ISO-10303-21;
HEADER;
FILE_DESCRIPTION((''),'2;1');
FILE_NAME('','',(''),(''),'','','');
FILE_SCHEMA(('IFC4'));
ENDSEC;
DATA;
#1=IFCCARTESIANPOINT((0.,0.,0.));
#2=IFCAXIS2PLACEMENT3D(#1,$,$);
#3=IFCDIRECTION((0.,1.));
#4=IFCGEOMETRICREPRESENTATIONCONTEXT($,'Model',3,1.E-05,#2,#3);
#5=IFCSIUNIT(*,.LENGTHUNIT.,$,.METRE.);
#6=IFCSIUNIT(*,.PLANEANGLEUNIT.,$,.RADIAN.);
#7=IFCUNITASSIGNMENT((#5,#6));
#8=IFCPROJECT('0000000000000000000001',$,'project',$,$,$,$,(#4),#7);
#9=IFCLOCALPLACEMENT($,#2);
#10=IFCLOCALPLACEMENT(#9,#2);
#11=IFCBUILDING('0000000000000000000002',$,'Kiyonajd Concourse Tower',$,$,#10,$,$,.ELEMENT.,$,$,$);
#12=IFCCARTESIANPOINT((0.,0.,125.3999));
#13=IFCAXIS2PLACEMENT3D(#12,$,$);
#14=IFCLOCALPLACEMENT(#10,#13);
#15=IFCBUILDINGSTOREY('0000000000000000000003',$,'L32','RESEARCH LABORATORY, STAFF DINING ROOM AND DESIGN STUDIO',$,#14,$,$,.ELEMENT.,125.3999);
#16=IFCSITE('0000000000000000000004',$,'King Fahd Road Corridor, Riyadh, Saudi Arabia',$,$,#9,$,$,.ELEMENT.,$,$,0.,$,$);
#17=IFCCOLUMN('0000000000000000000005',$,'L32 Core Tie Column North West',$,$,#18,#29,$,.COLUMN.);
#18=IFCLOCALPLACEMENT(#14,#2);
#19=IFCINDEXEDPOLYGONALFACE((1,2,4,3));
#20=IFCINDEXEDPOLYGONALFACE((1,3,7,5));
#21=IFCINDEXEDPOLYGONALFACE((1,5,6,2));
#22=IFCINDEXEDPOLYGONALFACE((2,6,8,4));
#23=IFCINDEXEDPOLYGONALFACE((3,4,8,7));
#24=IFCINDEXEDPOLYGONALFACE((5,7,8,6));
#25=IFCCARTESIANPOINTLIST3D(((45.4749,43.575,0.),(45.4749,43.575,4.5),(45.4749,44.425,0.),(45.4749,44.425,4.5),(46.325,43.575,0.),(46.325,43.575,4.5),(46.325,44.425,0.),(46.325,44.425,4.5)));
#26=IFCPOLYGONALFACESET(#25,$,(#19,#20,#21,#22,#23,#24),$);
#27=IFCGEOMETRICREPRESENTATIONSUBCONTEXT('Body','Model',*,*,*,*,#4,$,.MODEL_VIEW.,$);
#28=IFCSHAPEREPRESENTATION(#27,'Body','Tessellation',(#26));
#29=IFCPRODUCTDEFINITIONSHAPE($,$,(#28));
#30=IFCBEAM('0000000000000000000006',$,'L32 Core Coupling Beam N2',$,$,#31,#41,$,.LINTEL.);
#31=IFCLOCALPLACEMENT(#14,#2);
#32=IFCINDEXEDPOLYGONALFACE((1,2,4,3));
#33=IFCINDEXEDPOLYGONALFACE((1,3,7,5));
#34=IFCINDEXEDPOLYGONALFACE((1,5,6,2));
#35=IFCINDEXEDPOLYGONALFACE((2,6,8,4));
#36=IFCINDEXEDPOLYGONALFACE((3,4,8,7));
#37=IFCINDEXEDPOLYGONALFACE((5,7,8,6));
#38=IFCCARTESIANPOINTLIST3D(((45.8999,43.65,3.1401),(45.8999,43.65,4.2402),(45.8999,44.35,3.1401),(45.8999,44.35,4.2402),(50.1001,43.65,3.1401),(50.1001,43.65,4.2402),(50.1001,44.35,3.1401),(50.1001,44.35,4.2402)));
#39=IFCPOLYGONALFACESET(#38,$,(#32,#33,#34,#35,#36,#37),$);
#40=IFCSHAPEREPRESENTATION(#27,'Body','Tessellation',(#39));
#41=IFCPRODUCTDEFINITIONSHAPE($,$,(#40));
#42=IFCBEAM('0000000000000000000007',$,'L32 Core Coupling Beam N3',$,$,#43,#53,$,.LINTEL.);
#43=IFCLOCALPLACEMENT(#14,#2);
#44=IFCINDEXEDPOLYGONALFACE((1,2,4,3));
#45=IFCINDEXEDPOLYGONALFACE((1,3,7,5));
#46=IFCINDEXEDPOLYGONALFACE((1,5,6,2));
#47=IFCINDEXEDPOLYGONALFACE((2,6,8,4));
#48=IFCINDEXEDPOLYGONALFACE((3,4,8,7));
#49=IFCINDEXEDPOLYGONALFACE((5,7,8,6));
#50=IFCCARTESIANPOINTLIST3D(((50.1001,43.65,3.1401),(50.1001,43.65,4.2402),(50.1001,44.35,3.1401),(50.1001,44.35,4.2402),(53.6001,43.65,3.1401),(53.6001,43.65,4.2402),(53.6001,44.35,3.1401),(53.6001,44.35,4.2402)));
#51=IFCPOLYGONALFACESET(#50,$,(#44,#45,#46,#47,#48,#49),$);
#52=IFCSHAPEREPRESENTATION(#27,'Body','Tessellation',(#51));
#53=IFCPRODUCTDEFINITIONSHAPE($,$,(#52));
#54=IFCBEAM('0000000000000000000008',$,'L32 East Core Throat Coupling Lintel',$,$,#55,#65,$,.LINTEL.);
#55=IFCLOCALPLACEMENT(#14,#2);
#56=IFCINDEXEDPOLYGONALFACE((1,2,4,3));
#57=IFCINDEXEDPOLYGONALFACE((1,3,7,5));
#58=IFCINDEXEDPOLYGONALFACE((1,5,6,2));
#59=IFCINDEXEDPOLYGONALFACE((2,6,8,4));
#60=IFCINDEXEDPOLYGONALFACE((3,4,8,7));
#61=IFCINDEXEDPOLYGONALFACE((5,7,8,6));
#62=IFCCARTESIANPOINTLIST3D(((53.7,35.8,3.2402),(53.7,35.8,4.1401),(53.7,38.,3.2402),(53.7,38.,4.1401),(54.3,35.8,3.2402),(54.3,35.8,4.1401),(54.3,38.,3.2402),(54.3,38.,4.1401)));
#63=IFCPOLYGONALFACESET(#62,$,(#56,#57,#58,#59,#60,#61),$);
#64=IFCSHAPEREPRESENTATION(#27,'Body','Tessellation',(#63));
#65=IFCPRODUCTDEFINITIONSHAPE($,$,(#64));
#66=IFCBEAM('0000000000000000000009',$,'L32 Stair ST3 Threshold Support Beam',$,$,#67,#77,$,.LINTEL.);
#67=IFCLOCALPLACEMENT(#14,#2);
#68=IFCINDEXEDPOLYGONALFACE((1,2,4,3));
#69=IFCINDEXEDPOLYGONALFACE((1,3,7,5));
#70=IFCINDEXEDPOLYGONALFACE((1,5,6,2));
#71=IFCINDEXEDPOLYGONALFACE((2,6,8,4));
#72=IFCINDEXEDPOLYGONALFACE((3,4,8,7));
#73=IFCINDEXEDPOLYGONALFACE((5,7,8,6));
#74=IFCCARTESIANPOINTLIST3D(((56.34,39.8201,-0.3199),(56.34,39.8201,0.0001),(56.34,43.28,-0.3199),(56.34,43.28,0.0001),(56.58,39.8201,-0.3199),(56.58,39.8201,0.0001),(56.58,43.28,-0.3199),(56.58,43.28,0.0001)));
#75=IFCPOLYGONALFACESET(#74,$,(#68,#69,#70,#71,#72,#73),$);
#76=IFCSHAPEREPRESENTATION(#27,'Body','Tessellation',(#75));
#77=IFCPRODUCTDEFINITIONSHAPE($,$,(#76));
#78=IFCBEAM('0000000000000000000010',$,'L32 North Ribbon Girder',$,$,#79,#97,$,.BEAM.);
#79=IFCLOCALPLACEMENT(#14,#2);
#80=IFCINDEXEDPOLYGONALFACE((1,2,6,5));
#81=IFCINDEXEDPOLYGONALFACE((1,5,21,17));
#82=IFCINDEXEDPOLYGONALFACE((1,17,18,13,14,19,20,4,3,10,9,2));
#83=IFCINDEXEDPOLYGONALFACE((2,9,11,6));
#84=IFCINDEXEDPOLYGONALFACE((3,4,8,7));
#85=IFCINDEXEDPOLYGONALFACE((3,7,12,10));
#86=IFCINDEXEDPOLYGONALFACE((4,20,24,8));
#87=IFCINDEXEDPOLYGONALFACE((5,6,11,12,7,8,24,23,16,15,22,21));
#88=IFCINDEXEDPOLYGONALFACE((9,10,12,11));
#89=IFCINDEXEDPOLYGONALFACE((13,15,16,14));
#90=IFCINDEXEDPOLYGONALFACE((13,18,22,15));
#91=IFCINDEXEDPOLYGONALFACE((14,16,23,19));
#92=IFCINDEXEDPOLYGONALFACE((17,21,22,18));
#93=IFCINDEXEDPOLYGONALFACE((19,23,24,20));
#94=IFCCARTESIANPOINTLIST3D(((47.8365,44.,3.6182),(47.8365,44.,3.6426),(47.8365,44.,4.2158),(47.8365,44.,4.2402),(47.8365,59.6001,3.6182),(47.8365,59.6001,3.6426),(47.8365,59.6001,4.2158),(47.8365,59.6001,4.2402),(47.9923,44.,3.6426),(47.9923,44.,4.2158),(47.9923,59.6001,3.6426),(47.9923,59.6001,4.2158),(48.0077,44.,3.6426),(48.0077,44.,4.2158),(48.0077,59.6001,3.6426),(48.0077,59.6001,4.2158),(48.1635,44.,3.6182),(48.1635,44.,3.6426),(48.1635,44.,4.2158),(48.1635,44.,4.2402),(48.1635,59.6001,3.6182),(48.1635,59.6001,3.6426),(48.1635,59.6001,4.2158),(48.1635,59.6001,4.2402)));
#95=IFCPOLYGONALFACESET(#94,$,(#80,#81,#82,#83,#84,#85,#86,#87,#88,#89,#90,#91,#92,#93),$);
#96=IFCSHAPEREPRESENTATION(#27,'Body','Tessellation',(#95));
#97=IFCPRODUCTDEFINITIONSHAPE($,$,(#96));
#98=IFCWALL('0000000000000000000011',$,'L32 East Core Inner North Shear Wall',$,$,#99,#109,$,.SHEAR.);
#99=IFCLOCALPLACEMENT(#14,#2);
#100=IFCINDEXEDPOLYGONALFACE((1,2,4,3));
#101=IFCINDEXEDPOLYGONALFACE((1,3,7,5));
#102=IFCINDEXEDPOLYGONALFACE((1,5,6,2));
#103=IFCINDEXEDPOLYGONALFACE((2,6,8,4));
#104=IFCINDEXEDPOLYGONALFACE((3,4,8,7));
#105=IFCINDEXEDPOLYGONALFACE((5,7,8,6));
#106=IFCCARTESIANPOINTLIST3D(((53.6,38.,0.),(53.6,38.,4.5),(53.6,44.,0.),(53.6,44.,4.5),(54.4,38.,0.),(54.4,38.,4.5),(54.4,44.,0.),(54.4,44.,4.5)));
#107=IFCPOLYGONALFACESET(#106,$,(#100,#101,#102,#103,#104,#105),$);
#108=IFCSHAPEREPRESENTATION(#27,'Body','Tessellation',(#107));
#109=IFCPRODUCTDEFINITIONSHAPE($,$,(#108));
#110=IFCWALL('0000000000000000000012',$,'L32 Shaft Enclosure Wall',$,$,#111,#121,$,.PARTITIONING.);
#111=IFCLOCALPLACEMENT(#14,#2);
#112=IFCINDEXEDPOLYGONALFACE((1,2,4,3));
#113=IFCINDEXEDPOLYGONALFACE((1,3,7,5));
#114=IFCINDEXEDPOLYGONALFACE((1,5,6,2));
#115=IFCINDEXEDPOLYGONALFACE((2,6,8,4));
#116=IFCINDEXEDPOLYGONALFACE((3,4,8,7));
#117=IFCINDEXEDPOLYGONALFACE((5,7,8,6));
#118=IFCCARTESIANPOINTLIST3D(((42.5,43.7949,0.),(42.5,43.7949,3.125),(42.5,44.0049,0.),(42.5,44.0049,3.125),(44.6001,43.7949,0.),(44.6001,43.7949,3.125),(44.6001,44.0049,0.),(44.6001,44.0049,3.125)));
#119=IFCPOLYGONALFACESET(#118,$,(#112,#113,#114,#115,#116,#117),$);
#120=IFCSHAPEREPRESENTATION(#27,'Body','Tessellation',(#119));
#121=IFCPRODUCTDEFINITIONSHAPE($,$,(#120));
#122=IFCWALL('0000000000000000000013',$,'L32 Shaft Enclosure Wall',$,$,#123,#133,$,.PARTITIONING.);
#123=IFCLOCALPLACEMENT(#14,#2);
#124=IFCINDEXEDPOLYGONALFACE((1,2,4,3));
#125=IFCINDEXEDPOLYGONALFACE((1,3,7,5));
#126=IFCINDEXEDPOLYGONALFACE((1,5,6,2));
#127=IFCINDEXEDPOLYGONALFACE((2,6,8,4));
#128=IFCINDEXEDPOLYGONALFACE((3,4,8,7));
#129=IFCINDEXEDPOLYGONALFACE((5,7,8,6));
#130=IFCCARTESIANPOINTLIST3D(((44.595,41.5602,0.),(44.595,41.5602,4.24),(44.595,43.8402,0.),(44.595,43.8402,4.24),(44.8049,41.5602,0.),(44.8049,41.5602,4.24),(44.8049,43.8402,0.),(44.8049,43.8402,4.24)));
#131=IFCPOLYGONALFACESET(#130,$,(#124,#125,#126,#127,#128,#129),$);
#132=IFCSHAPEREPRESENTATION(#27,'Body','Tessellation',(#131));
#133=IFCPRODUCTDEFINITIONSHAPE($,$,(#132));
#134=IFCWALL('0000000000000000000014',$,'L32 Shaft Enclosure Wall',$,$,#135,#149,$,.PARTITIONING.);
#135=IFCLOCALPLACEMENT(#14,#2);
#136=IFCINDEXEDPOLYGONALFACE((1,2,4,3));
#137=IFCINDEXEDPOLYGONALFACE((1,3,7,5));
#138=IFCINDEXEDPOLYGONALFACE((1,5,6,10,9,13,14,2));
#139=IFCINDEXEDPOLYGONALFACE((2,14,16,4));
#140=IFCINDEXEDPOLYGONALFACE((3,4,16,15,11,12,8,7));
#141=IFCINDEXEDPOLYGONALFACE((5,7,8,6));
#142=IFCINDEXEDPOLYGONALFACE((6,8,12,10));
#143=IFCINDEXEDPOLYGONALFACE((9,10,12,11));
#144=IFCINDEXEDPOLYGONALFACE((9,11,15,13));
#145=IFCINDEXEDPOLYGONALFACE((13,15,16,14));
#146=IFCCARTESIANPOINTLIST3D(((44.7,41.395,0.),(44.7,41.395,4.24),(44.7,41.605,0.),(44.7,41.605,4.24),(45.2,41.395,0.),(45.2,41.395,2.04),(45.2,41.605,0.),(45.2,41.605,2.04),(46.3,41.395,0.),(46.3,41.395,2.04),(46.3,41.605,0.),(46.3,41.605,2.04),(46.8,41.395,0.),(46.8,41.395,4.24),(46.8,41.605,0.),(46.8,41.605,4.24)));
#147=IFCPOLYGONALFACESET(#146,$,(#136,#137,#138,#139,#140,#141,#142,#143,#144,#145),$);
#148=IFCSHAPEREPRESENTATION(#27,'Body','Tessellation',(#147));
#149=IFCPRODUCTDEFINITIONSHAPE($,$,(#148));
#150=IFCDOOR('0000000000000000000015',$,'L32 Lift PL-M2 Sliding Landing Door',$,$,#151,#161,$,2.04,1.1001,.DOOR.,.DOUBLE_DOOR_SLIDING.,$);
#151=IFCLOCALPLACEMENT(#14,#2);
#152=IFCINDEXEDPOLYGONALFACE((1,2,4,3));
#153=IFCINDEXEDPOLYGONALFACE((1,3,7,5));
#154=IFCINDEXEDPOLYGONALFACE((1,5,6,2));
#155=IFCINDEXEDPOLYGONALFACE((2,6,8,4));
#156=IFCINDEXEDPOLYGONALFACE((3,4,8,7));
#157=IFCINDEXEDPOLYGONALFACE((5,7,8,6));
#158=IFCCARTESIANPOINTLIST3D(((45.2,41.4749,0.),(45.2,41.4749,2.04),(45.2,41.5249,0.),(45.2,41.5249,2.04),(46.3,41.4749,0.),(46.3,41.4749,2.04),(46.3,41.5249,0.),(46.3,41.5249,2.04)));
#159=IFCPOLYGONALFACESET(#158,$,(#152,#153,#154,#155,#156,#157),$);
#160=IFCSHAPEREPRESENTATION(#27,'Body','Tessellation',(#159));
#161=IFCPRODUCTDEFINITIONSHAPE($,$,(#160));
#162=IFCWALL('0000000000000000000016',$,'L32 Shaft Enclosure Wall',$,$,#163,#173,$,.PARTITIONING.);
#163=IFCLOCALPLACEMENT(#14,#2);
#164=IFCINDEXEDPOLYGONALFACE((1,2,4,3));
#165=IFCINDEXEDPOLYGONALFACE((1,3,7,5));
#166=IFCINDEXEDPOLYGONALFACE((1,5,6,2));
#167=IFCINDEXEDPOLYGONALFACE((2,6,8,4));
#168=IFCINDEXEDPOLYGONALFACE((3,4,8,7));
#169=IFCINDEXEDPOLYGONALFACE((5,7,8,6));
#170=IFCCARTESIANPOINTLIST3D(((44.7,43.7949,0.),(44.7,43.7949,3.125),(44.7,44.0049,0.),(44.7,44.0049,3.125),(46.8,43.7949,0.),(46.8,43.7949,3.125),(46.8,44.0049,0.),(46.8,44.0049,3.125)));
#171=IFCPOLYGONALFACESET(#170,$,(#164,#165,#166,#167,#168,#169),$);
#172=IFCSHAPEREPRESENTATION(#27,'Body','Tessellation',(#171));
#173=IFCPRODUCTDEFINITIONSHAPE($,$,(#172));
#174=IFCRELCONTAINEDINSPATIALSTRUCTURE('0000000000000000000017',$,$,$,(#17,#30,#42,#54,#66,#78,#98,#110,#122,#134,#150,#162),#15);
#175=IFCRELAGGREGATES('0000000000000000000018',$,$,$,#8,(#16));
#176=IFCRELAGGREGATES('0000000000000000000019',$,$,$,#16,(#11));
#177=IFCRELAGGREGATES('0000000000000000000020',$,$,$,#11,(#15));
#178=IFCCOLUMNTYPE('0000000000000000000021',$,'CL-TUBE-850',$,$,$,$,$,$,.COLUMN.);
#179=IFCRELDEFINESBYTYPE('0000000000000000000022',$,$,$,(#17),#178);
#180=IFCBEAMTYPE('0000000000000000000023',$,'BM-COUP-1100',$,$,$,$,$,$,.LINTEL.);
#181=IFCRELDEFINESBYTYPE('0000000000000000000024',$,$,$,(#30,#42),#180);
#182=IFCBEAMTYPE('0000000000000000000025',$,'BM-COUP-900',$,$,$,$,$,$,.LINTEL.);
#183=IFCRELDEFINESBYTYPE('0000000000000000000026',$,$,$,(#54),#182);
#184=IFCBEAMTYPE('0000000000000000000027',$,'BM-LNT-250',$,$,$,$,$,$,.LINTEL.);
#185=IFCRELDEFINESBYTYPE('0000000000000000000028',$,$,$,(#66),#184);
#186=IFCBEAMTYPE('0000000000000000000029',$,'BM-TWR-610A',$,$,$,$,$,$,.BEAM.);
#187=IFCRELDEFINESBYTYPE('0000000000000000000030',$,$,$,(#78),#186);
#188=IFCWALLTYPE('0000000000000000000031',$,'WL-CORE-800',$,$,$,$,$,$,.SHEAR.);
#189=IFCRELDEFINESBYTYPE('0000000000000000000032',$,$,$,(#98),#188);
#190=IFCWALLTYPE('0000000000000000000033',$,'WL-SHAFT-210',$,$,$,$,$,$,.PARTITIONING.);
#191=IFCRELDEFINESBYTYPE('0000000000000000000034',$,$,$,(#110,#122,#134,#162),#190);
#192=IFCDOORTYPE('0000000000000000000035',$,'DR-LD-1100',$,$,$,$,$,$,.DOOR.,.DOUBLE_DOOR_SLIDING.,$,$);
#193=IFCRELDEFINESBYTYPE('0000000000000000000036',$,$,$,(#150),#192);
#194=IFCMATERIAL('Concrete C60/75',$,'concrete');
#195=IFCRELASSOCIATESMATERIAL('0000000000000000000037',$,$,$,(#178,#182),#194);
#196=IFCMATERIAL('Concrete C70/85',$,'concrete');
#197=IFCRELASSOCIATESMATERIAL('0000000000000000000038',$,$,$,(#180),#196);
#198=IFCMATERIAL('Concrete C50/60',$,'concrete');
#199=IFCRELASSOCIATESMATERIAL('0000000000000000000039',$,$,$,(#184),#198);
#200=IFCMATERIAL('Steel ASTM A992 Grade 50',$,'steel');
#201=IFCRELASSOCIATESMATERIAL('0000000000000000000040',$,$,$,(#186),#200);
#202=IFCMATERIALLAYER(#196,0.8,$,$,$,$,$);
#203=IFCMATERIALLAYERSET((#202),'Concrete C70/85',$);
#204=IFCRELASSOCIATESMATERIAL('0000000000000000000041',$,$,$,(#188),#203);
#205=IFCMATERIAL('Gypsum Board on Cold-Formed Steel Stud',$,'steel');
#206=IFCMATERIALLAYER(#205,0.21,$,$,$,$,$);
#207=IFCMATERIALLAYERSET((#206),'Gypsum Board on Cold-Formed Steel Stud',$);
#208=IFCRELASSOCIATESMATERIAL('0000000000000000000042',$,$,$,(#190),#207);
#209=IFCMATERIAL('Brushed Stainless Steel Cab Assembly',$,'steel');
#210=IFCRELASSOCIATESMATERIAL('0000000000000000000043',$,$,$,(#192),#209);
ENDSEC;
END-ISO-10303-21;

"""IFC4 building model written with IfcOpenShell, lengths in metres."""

from ifc_helpers import new_model, si_unit, direction, frame, frame_2d, origin, origin_2d, place, context, subcontext, project, spatial, rectangle, i_section, extrude, material, layer, layer_set, material_profile, profile_set, type_object, element, fill, save


model = new_model("IFC4")

# Units and contexts
model_context = context("Model", 3, precision=1e-05, world=origin(), true_north=direction((0.0, 1.0)))
body_context = subcontext(model_context, "Body", "Model", "MODEL_VIEW")
ifc_project = project(units=[si_unit("LENGTHUNIT", "METRE"), si_unit("PLANEANGLEUNIT", "RADIAN")], contexts=[model_context])

# Site, building, storey
site_placement = place(None, origin())
site = spatial("IfcSite", under=ifc_project, at=site_placement, Name="King Fahd Road Corridor, Riyadh, Saudi Arabia", CompositionType="ELEMENT", RefElevation=0.0)
building_placement = place(site_placement, origin())
building = spatial("IfcBuilding", under=site, at=building_placement, Name="Kiyonajd Concourse Tower", CompositionType="ELEMENT")
storey_placement = place(building_placement, frame((0.0, 0.0, 125.3999)))
storey = spatial("IfcBuildingStorey", under=building, at=storey_placement, Name="L32", Description="RESEARCH LABORATORY, STAFF DINING ROOM AND DESIGN STUDIO", CompositionType="ELEMENT", Elevation=125.3999)

# Column
ifc_material_1 = material(Name="Concrete C60/75", Category="concrete")
ifc_material_profile_1 = material_profile(ifc_material_1, rectangle(XDim=0.8501, YDim=0.8501, at=origin_2d()), Name="RC-850x850")
ifc_profile_set_1 = profile_set([ifc_material_profile_1], Name="Concrete C60/75")
column_type = type_object("IfcColumnType", Name="CL-TUBE-850", PredefinedType="COLUMN", material=ifc_profile_set_1)
column_placement = place(storey_placement, frame((45.8999, 44.0, 0.0), z_axis=(0.0, 0.0, 1.0), x_axis=(1.0, 0.0, 0.0)))
element("IfcColumn", 1, at=column_placement, inside=storey, type_object=column_type, Name="L32 Core Tie Column North West", PredefinedType="COLUMN", context=body_context, shape_type="SweptSolid", body=[
    extrude(rectangle(XDim=0.8501, YDim=0.8501, at=origin_2d()), origin(), (0.0, 0.0, 1.0), 4.5),
])

# Beams
ifc_material_2 = material(Name="Concrete C70/85", Category="concrete")
ifc_material_profile_2 = material_profile(ifc_material_2, rectangle(XDim=0.7, YDim=1.1001, at=origin_2d()), Name="RCBM-700x1100")
ifc_profile_set_2 = profile_set([ifc_material_profile_2], Name="Concrete C70/85")
beam_type_1 = type_object("IfcBeamType", Name="BM-COUP-1100", PredefinedType="LINTEL", material=ifc_profile_set_2)
beam_1_placement = place(storey_placement, frame((45.8999, 44.0, 3.6902), z_axis=(1.0, 0.0, 0.0), x_axis=(0.0, 1.0, 0.0)))
element("IfcBeam", 2, at=beam_1_placement, inside=storey, type_object=beam_type_1, Name="L32 Core Coupling Beam N2", PredefinedType="LINTEL", context=body_context, shape_type="SweptSolid", body=[
    extrude(rectangle(XDim=0.7, YDim=1.1001, at=origin_2d()), origin(), (0.0, 0.0, 1.0), 4.2002),
])
beam_2_placement = place(storey_placement, frame((50.1001, 44.0, 3.6902), z_axis=(1.0, 0.0, 0.0), x_axis=(0.0, 1.0, 0.0)))
element("IfcBeam", 3, at=beam_2_placement, inside=storey, type_object=beam_type_1, Name="L32 Core Coupling Beam N3", PredefinedType="LINTEL", context=body_context, shape_type="SweptSolid", body=[
    extrude(rectangle(XDim=0.7, YDim=1.1001, at=origin_2d()), origin(), (0.0, 0.0, 1.0), 3.5),
])
ifc_material_profile_3 = material_profile(ifc_material_1, rectangle(XDim=0.6001, YDim=0.8999, at=origin_2d()), Name="RCBM-600x900")
ifc_profile_set_3 = profile_set([ifc_material_profile_3], Name="Concrete C60/75")
beam_type_2 = type_object("IfcBeamType", Name="BM-COUP-900", PredefinedType="LINTEL", material=ifc_profile_set_3)
beam_3_placement = place(storey_placement, frame((54.0, 35.8, 3.6902), z_axis=(0.0, 1.0, 0.0), x_axis=(-1.0, 0.0, 0.0)))
element("IfcBeam", 4, at=beam_3_placement, inside=storey, type_object=beam_type_2, Name="L32 East Core Throat Coupling Lintel", PredefinedType="LINTEL", context=body_context, shape_type="SweptSolid", body=[
    extrude(rectangle(XDim=0.6001, YDim=0.8999, at=origin_2d()), origin(), (0.0, 0.0, 1.0), 2.2),
])
ifc_material_3 = material(Name="Concrete C50/60", Category="concrete")
ifc_material_profile_4 = material_profile(ifc_material_3, rectangle(XDim=0.24, YDim=0.3201, at=origin_2d()), Name="RCBM-240x320")
ifc_profile_set_4 = profile_set([ifc_material_profile_4], Name="Concrete C50/60")
beam_type_3 = type_object("IfcBeamType", Name="BM-LNT-250", PredefinedType="LINTEL", material=ifc_profile_set_4)
beam_4_placement = place(storey_placement, frame((56.46, 39.8201, -0.1599), z_axis=(0.0, 1.0, 0.0), x_axis=(-1.0, 0.0, 0.0)))
element("IfcBeam", 5, at=beam_4_placement, inside=storey, type_object=beam_type_3, Name="L32 Stair ST3 Threshold Support Beam", PredefinedType="LINTEL", context=body_context, shape_type="SweptSolid", body=[
    extrude(rectangle(XDim=0.24, YDim=0.3201, at=origin_2d()), origin(), (0.0, 0.0, 1.0), 3.46),
])
ifc_material_4 = material(Name="Steel ASTM A992 Grade 50", Category="steel")
ifc_material_profile_5 = material_profile(ifc_material_4, i_section(OverallWidth=0.3269, OverallDepth=0.6221, WebThickness=0.0154, FlangeThickness=0.0244, at=origin_2d()), Name="W610X195")
ifc_profile_set_5 = profile_set([ifc_material_profile_5], Name="Steel ASTM A992 Grade 50")
beam_type_4 = type_object("IfcBeamType", Name="BM-TWR-610A", PredefinedType="BEAM", material=ifc_profile_set_5)
beam_5_placement = place(storey_placement, frame((48.0, 44.0, 3.9292), z_axis=(0.0, 1.0, 0.0), x_axis=(-1.0, 0.0, 0.0)))
element("IfcBeam", 6, at=beam_5_placement, inside=storey, type_object=beam_type_4, Name="L32 North Ribbon Girder", PredefinedType="BEAM", context=body_context, shape_type="SweptSolid", body=[
    extrude(i_section(OverallWidth=0.3269, OverallDepth=0.6221, WebThickness=0.0154, FlangeThickness=0.0244, at=origin_2d()), origin(), (0.0, 0.0, 1.0), 15.6001),
])

# Walls
ifc_layer_1 = layer(ifc_material_2, 0.8)
ifc_layer_set_1 = layer_set([ifc_layer_1], Name="Concrete C70/85")
wall_type_1 = type_object("IfcWallType", Name="WL-CORE-800", PredefinedType="SHEAR", material=ifc_layer_set_1)
wall_1_placement = place(storey_placement, frame((54.0, 38.0, 0.0), z_axis=(0.0, 0.0, 1.0), x_axis=(0.0, 1.0, 0.0)))
element("IfcWall", 7, at=wall_1_placement, inside=storey, type_object=wall_type_1, Name="L32 East Core Inner North Shear Wall", PredefinedType="SHEAR", context=body_context, shape_type="SweptSolid", body=[
    extrude(rectangle(XDim=6.0, YDim=0.8, at=frame_2d((3.0, 0.0))), origin(), (0.0, 0.0, 1.0), 4.5),
])
ifc_material_5 = material(Name="Gypsum Board on Cold-Formed Steel Stud", Category="steel")
ifc_layer_2 = layer(ifc_material_5, 0.21)
ifc_layer_set_2 = layer_set([ifc_layer_2], Name="Gypsum Board on Cold-Formed Steel Stud")
wall_type_2 = type_object("IfcWallType", Name="WL-SHAFT-210", PredefinedType="PARTITIONING", material=ifc_layer_set_2)
wall_2_placement = place(storey_placement, frame((42.5, 43.8999, 0.0), z_axis=(0.0, 0.0, 1.0), x_axis=(1.0, 0.0, 0.0)))
element("IfcWall", 8, at=wall_2_placement, inside=storey, type_object=wall_type_2, Name="L32 Shaft Enclosure Wall", PredefinedType="PARTITIONING", context=body_context, shape_type="SweptSolid", body=[
    extrude(rectangle(XDim=2.1001, YDim=0.21, at=frame_2d((1.05, 0.0))), origin(), (0.0, 0.0, 1.0), 3.125),
])
wall_3_placement = place(storey_placement, frame((44.7, 41.5601, 0.0), z_axis=(0.0, 0.0, 1.0), x_axis=(0.0, 1.0, 0.0)))
element("IfcWall", 9, at=wall_3_placement, inside=storey, type_object=wall_type_2, Name="L32 Shaft Enclosure Wall", PredefinedType="PARTITIONING", context=body_context, shape_type="SweptSolid", body=[
    extrude(rectangle(XDim=2.28, YDim=0.21, at=frame_2d((1.1401, 0.0))), origin(), (0.0, 0.0, 1.0), 4.24),
])

# Wall, opening, door
wall_4_placement = place(storey_placement, frame((44.7, 41.5, 0.0), z_axis=(0.0, 0.0, 1.0), x_axis=(1.0, 0.0, 0.0)))
wall_4 = element("IfcWall", 10, at=wall_4_placement, inside=storey, type_object=wall_type_2, Name="L32 Shaft Enclosure Wall", PredefinedType="PARTITIONING", context=body_context, shape_type="SweptSolid", body=[
    extrude(rectangle(XDim=2.1001, YDim=0.21, at=frame_2d((1.05, 0.0))), origin(), (0.0, 0.0, 1.0), 4.24),
])
opening_1_placement = place(wall_4_placement, frame((0.5, 0.0, 0.0)))
opening_1 = element("IfcOpeningElement", 11, at=opening_1_placement, cuts=wall_4, PredefinedType="OPENING", context=body_context, shape_type="SweptSolid", body=[
    extrude(rectangle(XDim=1.1001, YDim=2.04, at=frame_2d((0.55, 1.02))), frame((0.0, 0.115, 0.0), z_axis=(0.0, -1.0, 0.0), x_axis=(1.0, 0.0, 0.0)), (0.0, 0.0, 1.0), 0.23),
])
ifc_material_6 = material(Name="Brushed Stainless Steel Cab Assembly", Category="steel")
door_type_1 = type_object("IfcDoorType", Name="DR-LD-1100", OperationType="DOUBLE_DOOR_SLIDING", PredefinedType="DOOR", material=ifc_material_6)
door_1_placement = place(opening_1_placement, origin())
door_1 = element("IfcDoor", 12, at=door_1_placement, inside=storey, type_object=door_type_1, Name="L32 Lift PL-M2 Sliding Landing Door", OperationType="DOUBLE_DOOR_SLIDING", OverallHeight=2.04, OverallWidth=1.1001, PredefinedType="DOOR", context=body_context, shape_type="SweptSolid", body=[
    extrude(rectangle(XDim=1.1001, YDim=2.04, at=frame_2d((0.55, 1.02))), frame((0.0, 0.0249, 0.0), z_axis=(0.0, -1.0, 0.0), x_axis=(1.0, 0.0, 0.0)), (0.0, 0.0, 1.0), 0.05),
])
fill(opening_1, door_1)

# Wall
wall_5_placement = place(storey_placement, frame((44.7, 43.8999, 0.0), z_axis=(0.0, 0.0, 1.0), x_axis=(1.0, 0.0, 0.0)))
element("IfcWall", 13, at=wall_5_placement, inside=storey, type_object=wall_type_2, Name="L32 Shaft Enclosure Wall", PredefinedType="PARTITIONING", context=body_context, shape_type="SweptSolid", body=[
    extrude(rectangle(XDim=2.1001, YDim=0.21, at=frame_2d((1.05, 0.0))), origin(), (0.0, 0.0, 1.0), 3.125),
])

save(model, "model.ifc")
